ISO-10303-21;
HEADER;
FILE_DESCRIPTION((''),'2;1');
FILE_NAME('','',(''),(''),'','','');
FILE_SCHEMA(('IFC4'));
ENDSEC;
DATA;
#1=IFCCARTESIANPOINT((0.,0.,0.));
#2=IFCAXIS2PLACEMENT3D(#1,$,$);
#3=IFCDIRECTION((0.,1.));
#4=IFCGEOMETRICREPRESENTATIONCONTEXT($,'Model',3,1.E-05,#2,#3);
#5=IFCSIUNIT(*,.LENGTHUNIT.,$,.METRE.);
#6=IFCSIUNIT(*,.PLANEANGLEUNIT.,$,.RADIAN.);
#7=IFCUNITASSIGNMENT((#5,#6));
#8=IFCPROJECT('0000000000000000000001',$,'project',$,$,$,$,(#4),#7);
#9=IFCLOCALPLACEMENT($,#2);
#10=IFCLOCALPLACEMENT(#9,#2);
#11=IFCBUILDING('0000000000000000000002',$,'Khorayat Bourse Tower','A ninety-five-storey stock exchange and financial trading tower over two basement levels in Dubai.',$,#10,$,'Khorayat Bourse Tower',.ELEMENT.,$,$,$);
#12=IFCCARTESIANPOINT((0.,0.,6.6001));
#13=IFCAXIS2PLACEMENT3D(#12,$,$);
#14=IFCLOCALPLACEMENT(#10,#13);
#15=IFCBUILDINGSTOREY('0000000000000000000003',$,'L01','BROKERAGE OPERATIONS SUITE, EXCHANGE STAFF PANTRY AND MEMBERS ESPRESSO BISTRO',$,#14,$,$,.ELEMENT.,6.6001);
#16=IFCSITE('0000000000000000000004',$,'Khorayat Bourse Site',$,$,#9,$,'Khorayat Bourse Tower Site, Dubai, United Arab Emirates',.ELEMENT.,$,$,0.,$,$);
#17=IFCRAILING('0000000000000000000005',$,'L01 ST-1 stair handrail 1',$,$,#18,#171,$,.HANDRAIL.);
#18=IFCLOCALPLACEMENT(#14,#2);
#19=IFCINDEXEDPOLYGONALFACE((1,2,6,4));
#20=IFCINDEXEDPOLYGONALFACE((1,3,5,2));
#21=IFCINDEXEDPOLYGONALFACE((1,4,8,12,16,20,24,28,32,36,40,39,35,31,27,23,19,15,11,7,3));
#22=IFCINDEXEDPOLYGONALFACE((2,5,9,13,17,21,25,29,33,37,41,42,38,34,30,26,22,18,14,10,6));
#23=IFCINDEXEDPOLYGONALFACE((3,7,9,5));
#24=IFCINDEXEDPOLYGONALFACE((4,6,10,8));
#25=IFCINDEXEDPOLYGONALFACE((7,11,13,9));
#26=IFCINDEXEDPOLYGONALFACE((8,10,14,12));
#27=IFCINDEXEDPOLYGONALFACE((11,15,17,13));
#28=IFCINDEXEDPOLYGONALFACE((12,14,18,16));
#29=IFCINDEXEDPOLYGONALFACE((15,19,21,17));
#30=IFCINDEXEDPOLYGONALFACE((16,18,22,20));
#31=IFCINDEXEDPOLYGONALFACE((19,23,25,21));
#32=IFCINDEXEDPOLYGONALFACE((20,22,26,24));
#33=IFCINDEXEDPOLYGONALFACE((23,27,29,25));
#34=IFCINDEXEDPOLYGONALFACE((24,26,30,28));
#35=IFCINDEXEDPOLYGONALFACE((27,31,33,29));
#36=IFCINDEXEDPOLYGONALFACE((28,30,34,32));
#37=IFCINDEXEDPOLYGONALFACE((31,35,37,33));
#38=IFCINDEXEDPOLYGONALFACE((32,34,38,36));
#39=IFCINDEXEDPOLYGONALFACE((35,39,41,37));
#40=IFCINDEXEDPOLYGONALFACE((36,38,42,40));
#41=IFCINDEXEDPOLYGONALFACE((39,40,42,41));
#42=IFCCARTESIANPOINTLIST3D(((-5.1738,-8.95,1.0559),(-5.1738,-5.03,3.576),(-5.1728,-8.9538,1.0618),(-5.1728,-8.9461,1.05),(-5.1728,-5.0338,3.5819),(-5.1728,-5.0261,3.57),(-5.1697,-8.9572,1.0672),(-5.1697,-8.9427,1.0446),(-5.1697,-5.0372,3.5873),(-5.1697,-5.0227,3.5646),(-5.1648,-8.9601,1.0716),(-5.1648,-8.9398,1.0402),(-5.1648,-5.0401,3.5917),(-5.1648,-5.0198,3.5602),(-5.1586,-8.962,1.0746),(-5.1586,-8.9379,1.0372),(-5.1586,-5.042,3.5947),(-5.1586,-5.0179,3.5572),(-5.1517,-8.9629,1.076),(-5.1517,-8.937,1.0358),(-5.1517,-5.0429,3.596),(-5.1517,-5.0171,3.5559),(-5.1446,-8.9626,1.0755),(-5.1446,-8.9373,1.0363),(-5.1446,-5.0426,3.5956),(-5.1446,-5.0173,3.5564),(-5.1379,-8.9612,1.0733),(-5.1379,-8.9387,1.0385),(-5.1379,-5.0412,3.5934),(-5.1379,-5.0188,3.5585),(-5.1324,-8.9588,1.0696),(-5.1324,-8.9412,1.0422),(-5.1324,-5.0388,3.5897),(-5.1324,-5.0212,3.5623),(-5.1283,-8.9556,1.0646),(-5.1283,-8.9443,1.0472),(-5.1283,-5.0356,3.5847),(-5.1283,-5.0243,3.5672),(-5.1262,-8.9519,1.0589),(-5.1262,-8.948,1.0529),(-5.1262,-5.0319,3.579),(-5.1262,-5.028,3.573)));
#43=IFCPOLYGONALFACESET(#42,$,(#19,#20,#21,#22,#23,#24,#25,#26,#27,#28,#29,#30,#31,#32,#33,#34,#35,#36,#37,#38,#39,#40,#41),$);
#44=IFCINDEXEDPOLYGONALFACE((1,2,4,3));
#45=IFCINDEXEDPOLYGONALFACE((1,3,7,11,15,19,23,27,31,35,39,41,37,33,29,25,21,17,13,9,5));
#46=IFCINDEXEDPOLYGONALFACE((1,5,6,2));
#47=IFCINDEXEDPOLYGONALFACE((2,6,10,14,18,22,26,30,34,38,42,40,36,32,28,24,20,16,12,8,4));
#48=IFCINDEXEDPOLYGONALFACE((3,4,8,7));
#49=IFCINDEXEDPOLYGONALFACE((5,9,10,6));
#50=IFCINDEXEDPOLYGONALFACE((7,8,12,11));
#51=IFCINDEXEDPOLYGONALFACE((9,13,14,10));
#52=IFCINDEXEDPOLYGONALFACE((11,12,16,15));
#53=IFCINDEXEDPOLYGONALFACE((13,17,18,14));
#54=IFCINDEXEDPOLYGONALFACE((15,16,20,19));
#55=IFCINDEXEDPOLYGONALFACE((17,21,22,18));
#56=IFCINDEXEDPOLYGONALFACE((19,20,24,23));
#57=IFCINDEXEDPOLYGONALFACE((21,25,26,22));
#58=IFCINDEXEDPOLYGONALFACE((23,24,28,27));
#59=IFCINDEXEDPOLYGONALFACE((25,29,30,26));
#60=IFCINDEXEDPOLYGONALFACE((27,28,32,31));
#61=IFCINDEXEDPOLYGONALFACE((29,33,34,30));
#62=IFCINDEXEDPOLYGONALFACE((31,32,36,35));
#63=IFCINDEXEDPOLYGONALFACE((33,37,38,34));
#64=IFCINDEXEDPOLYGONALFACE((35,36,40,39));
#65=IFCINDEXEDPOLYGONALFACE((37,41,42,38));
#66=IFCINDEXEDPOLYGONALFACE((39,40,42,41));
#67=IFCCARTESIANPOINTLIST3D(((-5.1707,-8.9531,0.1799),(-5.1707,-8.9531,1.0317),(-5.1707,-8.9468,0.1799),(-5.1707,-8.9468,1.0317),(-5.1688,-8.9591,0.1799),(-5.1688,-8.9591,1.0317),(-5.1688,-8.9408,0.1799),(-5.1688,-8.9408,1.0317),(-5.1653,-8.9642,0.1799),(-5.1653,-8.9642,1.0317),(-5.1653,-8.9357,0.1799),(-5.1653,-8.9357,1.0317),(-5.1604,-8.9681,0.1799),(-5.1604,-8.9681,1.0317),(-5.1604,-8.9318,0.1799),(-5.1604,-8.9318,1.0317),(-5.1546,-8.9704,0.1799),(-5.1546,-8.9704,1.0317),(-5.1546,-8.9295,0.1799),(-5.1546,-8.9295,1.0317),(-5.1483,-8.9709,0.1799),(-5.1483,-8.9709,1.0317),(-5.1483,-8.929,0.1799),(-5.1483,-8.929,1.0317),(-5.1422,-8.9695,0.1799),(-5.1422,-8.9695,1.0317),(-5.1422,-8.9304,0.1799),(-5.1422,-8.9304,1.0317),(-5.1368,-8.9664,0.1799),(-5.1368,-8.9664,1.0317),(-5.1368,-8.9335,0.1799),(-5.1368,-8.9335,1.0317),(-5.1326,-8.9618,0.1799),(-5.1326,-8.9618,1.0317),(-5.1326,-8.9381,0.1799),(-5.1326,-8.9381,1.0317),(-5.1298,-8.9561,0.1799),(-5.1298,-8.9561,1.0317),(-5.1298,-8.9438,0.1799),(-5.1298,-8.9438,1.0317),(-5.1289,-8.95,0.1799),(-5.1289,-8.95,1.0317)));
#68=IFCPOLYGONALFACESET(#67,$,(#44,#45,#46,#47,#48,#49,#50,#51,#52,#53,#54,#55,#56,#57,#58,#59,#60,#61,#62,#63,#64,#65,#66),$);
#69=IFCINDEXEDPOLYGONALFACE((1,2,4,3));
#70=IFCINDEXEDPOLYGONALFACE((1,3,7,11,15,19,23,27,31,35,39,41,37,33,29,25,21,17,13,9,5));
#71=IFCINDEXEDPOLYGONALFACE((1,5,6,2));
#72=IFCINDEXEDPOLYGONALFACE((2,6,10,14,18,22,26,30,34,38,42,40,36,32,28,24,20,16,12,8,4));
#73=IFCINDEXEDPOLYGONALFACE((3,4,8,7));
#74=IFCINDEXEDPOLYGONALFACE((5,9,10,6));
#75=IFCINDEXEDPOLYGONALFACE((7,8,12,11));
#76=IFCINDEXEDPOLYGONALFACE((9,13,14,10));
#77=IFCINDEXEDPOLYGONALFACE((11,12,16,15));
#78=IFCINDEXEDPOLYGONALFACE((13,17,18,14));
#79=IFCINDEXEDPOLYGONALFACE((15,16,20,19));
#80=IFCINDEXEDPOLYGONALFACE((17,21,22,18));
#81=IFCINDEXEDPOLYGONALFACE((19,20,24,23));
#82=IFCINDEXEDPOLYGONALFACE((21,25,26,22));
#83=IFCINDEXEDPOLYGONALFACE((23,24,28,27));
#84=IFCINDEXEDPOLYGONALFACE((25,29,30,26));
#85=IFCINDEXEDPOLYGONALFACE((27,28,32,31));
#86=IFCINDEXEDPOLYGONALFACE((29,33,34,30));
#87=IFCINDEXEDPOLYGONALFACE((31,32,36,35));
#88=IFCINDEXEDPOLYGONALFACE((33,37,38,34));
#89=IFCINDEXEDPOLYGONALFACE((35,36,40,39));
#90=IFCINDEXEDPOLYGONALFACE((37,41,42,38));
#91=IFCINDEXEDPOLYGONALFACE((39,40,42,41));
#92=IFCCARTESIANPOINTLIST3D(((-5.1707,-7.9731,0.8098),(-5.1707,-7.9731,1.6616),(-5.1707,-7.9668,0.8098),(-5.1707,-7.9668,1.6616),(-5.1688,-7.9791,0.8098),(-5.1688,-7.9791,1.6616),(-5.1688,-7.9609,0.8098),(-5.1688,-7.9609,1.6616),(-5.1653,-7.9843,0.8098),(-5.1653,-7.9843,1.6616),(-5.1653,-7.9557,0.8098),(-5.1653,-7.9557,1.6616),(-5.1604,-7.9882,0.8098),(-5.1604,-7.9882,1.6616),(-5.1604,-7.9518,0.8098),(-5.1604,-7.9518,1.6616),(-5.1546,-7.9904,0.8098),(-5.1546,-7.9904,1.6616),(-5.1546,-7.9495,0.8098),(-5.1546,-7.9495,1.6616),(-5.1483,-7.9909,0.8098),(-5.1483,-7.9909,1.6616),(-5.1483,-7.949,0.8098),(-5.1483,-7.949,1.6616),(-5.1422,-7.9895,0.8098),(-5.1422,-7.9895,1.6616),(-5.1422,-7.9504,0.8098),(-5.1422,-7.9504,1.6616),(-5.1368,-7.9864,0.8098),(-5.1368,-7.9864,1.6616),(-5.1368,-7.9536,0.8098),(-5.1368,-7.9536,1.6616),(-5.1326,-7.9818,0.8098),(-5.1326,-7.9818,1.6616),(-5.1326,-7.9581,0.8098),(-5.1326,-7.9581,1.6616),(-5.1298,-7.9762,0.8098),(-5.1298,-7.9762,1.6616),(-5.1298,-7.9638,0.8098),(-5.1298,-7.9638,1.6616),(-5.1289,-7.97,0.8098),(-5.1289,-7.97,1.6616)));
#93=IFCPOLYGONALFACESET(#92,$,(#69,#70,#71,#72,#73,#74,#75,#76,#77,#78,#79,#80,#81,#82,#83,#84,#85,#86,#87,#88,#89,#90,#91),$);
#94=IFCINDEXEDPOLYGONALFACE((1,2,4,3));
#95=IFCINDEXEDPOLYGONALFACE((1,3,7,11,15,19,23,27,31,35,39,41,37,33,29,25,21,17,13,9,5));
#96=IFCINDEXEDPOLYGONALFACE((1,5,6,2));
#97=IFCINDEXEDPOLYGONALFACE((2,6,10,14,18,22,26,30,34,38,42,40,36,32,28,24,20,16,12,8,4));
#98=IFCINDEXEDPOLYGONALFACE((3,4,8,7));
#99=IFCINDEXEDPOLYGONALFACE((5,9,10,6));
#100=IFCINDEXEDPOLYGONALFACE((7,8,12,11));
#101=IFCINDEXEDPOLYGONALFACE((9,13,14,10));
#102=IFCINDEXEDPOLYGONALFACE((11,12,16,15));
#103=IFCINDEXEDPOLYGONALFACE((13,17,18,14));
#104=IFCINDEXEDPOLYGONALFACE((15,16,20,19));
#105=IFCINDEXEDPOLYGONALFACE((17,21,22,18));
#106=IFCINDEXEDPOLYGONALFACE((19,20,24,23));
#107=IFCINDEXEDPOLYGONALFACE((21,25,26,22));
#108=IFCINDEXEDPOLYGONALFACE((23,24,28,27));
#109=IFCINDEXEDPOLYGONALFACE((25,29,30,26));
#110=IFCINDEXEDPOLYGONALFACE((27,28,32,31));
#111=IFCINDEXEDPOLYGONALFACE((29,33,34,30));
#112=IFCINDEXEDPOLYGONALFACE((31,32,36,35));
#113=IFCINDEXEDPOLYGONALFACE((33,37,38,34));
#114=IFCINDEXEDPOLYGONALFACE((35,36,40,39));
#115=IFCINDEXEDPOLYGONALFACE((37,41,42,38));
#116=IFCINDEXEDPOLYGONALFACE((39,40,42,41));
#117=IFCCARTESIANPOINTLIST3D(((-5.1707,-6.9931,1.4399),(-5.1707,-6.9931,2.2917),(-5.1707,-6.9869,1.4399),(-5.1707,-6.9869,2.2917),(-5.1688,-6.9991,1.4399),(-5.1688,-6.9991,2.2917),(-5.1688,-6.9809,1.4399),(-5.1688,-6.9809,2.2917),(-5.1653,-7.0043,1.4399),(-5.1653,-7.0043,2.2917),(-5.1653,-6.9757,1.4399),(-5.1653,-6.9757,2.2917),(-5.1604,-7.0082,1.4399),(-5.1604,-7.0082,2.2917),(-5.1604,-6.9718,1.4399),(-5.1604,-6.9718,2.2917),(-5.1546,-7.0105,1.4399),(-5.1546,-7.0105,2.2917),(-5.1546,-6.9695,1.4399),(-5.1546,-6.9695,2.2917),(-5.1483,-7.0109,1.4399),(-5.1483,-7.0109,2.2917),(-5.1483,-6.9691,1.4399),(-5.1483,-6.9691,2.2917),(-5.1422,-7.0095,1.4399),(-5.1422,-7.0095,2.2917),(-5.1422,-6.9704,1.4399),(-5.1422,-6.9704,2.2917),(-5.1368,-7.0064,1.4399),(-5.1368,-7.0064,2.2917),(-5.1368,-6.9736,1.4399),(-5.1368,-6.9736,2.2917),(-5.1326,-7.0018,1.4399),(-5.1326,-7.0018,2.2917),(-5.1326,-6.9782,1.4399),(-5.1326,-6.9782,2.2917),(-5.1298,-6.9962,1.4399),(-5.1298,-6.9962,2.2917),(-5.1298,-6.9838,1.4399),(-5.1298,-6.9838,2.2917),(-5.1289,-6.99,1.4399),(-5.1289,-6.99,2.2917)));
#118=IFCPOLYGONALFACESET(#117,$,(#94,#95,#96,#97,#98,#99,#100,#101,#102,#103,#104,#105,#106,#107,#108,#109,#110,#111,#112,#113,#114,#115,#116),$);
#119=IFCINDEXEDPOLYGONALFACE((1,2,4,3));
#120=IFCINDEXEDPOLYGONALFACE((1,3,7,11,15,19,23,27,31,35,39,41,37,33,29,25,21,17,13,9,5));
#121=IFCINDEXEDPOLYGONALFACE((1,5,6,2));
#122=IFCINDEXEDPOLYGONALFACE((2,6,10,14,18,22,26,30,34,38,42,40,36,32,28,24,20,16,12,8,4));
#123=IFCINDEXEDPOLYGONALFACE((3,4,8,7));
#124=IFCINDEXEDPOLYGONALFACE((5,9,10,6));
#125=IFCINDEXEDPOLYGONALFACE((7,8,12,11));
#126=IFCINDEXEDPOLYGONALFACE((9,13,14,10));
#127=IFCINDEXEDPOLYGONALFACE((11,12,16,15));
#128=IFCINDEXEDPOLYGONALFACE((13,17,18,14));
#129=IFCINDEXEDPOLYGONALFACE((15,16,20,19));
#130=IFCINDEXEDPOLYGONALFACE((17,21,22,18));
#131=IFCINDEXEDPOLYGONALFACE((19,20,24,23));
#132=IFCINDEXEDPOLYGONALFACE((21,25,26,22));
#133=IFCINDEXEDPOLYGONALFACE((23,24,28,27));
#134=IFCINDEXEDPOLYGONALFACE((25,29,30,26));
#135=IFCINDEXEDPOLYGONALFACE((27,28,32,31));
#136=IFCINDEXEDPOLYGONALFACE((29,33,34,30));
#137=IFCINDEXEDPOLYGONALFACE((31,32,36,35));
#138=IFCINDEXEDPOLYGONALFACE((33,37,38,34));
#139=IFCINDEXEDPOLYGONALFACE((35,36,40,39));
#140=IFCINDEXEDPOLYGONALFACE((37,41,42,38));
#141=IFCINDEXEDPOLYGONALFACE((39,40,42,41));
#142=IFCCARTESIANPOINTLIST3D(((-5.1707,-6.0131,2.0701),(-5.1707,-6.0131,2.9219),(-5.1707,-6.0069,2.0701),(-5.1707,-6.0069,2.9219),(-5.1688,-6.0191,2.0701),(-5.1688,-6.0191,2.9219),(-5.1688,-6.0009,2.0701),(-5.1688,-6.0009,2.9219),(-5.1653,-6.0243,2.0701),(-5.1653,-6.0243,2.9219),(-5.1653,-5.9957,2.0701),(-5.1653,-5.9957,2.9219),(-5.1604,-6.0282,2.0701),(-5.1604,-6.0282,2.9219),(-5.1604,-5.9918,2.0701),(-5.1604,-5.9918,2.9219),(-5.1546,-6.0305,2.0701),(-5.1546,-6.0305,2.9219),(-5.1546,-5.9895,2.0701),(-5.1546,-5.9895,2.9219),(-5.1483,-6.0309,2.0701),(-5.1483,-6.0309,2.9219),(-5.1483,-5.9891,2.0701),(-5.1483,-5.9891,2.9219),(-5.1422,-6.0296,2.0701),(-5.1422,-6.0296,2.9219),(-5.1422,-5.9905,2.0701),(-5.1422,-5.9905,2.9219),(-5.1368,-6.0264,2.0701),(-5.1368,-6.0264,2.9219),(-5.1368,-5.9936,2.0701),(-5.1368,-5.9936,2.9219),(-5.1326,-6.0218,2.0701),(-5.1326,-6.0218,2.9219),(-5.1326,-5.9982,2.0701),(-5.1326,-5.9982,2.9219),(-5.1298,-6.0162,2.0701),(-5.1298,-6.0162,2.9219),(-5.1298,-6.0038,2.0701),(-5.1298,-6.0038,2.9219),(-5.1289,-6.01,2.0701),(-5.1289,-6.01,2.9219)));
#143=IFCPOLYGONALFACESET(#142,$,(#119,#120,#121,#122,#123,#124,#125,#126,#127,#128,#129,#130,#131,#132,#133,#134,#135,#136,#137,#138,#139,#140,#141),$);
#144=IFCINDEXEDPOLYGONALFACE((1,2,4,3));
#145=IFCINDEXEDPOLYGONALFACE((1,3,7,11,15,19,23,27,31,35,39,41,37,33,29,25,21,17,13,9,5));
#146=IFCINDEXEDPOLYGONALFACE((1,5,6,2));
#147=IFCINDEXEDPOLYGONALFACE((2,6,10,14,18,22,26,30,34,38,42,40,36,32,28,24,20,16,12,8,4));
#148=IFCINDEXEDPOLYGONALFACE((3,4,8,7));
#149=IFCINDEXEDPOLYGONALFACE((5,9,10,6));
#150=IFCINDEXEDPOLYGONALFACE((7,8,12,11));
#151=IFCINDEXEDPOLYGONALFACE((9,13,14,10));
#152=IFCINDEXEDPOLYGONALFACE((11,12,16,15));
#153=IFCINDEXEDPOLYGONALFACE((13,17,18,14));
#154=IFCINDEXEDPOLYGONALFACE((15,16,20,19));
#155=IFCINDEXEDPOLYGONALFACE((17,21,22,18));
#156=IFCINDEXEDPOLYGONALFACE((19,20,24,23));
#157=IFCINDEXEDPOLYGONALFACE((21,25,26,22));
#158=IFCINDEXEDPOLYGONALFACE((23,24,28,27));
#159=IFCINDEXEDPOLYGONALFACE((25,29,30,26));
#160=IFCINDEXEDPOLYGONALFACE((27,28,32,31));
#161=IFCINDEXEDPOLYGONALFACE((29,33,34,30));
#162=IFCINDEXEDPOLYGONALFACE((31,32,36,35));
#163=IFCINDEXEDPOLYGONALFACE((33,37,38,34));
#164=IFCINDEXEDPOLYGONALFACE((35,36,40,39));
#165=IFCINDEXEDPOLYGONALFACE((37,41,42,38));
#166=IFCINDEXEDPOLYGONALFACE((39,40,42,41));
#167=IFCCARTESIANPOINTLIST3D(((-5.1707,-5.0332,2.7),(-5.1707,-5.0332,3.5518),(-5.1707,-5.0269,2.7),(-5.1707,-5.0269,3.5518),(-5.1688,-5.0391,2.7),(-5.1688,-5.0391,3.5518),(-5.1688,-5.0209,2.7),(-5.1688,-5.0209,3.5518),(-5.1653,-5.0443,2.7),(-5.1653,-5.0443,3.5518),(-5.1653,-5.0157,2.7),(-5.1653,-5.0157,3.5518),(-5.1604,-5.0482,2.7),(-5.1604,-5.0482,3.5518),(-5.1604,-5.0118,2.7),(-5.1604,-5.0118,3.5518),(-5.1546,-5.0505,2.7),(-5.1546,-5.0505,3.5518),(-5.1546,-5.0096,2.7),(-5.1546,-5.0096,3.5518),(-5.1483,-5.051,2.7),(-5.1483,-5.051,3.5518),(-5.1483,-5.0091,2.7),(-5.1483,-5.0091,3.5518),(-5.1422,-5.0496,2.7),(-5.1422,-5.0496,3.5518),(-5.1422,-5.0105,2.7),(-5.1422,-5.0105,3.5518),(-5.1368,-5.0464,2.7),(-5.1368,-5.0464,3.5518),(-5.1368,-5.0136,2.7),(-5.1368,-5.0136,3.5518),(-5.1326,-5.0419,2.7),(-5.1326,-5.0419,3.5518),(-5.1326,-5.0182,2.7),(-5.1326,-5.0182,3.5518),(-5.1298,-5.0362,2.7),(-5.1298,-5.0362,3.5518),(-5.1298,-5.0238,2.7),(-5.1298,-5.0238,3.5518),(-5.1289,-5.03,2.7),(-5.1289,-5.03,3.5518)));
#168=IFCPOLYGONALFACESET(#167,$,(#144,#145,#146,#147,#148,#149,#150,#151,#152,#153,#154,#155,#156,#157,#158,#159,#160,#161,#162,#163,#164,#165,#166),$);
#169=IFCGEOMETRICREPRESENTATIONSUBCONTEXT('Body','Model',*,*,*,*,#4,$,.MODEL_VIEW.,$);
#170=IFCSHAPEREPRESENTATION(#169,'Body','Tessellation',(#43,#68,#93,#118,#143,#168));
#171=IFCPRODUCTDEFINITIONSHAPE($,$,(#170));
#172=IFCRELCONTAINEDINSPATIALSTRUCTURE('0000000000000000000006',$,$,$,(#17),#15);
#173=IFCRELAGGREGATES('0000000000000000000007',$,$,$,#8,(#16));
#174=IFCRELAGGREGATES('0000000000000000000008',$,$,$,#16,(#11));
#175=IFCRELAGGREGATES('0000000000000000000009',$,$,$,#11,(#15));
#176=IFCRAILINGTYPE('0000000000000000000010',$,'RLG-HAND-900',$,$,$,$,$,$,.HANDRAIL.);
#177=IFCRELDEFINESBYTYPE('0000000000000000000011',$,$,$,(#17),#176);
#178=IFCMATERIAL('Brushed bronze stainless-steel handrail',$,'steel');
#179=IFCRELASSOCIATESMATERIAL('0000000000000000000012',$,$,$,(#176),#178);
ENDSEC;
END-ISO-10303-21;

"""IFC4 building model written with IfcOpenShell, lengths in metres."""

from ifc_helpers import new_model, si_unit, direction, frame, origin, origin_2d, place, context, subcontext, project, spatial, circle, extrude, source, transform, mapped, material, type_object, element, save


model = new_model("IFC4")

# Units and contexts
model_context = context("Model", 3, precision=1e-05, world=origin(), true_north=direction((0.0, 1.0)))
body_context = subcontext(model_context, "Body", "Model", "MODEL_VIEW")
ifc_project = project(units=[si_unit("LENGTHUNIT", "METRE"), si_unit("PLANEANGLEUNIT", "RADIAN")], contexts=[model_context])

# Site, building, storey
site_placement = place(None, origin())
site = spatial("IfcSite", under=ifc_project, at=site_placement, Name="Khorayat Bourse Site", LongName="Khorayat Bourse Tower Site, Dubai, United Arab Emirates", CompositionType="ELEMENT", RefElevation=0.0)
building_placement = place(site_placement, origin())
building = spatial("IfcBuilding", under=site, at=building_placement, Name="Khorayat Bourse Tower", Description="A ninety-five-storey stock exchange and financial trading tower over two basement levels in Dubai.", LongName="Khorayat Bourse Tower", CompositionType="ELEMENT")
storey_placement = place(building_placement, frame((0.0, 0.0, 6.6001)))
storey = spatial("IfcBuildingStorey", under=building, at=storey_placement, Name="L01", Description="BROKERAGE OPERATIONS SUITE, EXCHANGE STAFF PANTRY AND MEMBERS ESPRESSO BISTRO", CompositionType="ELEMENT", Elevation=6.6001)

# Railing
ifc_material_1 = material(Name="Brushed bronze stainless-steel handrail", Category="steel")
railing_type_1 = type_object("IfcRailingType", Name="RLG-HAND-900", PredefinedType="HANDRAIL", material=ifc_material_1)
shared_shape_1 = source(origin(), body_context, "Body", "SweptSolid", [
    extrude(circle(Radius=0.0239, at=origin_2d()), frame((0.0, 0.0, 0.876), z_axis=(0.0, 0.841172, 0.540768), x_axis=(-1.0, 0.0, 0.0)), (0.0, 0.0, 1.0), 4.6602),
    extrude(circle(Radius=0.021, at=origin_2d()), origin(), (0.0, 0.0, 1.0), 0.8518),
    extrude(circle(Radius=0.021, at=origin_2d()), frame((0.0, 0.98, 0.6299)), (0.0, 0.0, 1.0), 0.8518),
    extrude(circle(Radius=0.021, at=origin_2d()), frame((0.0, 1.96, 1.26)), (0.0, 0.0, 1.0), 0.8518),
    extrude(circle(Radius=0.021, at=origin_2d()), frame((0.0, 2.9399, 1.8901)), (0.0, 0.0, 1.0), 0.8518),
    extrude(circle(Radius=0.021, at=origin_2d()), frame((0.0, 3.9199, 2.52)), (0.0, 0.0, 1.0), 0.8518),
])
railing_1_placement = place(storey_placement, frame((-5.1499, -8.95, 0.1799)))
element("IfcRailing", 1, at=railing_1_placement, inside=storey, type_object=railing_type_1, Name="L01 ST-1 stair handrail 1", PredefinedType="HANDRAIL", context=body_context, shape_type="MappedRepresentation", body=[
    mapped(shared_shape_1, transform((0.0, 0.0, 0.0), scale=1.0)),
])

save(model, "model.ifc")
